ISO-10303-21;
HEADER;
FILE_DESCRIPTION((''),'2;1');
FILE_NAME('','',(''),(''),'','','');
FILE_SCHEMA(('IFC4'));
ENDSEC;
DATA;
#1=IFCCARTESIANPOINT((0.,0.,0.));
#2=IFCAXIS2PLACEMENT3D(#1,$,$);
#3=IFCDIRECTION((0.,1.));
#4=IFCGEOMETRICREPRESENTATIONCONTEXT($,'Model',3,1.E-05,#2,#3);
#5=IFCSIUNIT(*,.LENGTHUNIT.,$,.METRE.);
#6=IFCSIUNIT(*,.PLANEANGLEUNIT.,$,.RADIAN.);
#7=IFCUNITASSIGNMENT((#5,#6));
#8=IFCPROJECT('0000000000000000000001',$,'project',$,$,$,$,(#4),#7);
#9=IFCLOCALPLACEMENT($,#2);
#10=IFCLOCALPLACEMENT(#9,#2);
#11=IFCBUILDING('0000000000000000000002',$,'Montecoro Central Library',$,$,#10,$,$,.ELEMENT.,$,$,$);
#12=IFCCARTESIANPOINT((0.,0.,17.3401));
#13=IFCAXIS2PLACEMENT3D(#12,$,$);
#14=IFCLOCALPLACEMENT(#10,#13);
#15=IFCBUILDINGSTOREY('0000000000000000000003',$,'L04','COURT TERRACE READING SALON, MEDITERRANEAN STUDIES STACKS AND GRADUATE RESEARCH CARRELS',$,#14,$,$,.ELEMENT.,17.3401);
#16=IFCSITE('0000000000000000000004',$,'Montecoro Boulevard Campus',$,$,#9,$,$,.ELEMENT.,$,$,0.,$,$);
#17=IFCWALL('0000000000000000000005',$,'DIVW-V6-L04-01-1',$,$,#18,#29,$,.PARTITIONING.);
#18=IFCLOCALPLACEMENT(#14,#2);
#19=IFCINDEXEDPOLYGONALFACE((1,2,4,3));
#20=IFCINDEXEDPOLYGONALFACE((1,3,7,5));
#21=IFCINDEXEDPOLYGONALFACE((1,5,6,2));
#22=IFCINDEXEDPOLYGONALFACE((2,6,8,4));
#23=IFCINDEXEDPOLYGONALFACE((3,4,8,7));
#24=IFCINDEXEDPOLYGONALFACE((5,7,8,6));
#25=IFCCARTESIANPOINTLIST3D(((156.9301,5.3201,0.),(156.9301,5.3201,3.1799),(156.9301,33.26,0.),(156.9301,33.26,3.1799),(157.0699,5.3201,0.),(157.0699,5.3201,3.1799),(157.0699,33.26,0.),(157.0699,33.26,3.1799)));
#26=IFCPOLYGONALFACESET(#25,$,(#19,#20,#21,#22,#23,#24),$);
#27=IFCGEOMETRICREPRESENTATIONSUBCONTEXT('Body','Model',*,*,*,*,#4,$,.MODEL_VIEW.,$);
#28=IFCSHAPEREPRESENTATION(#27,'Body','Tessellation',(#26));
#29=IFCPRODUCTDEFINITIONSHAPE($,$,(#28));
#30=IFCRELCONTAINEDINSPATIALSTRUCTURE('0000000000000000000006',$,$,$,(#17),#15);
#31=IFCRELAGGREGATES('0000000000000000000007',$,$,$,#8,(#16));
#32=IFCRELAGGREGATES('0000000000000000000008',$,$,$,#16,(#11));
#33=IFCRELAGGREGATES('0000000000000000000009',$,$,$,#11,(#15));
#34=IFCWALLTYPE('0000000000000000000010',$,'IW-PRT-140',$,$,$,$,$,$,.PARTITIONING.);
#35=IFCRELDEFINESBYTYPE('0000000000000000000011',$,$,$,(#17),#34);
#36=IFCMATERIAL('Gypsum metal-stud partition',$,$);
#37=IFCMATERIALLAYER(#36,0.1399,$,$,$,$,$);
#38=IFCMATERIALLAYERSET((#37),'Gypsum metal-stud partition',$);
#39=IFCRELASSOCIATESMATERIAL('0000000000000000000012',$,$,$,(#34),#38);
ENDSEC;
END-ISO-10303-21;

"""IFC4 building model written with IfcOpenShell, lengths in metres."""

from ifc_helpers import new_model, si_unit, direction, frame, frame_2d, origin, place, context, subcontext, project, spatial, rectangle, extrude, material, layer, layer_set, type_object, element, save


model = new_model("IFC4")

# Units and contexts
model_context = context("Model", 3, precision=1e-05, world=origin(), true_north=direction((0.0, 1.0)))
body_context = subcontext(model_context, "Body", "Model", "MODEL_VIEW")
ifc_project = project(units=[si_unit("LENGTHUNIT", "METRE"), si_unit("PLANEANGLEUNIT", "RADIAN")], contexts=[model_context])

# Site, building, storey
site_placement = place(None, origin())
site = spatial("IfcSite", under=ifc_project, at=site_placement, Name="Montecoro Boulevard Campus", CompositionType="ELEMENT", RefElevation=0.0)
building_placement = place(site_placement, origin())
building = spatial("IfcBuilding", under=site, at=building_placement, Name="Montecoro Central Library", CompositionType="ELEMENT")
storey_placement = place(building_placement, frame((0.0, 0.0, 17.3401)))
storey = spatial("IfcBuildingStorey", under=building, at=storey_placement, Name="L04", Description="COURT TERRACE READING SALON, MEDITERRANEAN STUDIES STACKS AND GRADUATE RESEARCH CARRELS", CompositionType="ELEMENT", Elevation=17.3401)

# Wall
ifc_material_1 = material(Name="Gypsum metal-stud partition")
ifc_layer_1 = layer(ifc_material_1, 0.1399)
ifc_layer_set_1 = layer_set([ifc_layer_1], Name="Gypsum metal-stud partition")
wall_type_1 = type_object("IfcWallType", Name="IW-PRT-140", PredefinedType="PARTITIONING", material=ifc_layer_set_1)
wall_1_placement = place(storey_placement, frame((157.0, 5.3201, 0.0), z_axis=(0.0, 0.0, 1.0), x_axis=(0.0, 1.0, 0.0)))
element("IfcWall", 1, at=wall_1_placement, inside=storey, type_object=wall_type_1, Name="DIVW-V6-L04-01-1", PredefinedType="PARTITIONING", context=body_context, shape_type="SweptSolid", body=[
    extrude(rectangle(XDim=27.9399, YDim=0.1399, at=frame_2d((13.97, 0.0))), origin(), (0.0, 0.0, 1.0), 3.1799),
])

save(model, "model.ifc")
